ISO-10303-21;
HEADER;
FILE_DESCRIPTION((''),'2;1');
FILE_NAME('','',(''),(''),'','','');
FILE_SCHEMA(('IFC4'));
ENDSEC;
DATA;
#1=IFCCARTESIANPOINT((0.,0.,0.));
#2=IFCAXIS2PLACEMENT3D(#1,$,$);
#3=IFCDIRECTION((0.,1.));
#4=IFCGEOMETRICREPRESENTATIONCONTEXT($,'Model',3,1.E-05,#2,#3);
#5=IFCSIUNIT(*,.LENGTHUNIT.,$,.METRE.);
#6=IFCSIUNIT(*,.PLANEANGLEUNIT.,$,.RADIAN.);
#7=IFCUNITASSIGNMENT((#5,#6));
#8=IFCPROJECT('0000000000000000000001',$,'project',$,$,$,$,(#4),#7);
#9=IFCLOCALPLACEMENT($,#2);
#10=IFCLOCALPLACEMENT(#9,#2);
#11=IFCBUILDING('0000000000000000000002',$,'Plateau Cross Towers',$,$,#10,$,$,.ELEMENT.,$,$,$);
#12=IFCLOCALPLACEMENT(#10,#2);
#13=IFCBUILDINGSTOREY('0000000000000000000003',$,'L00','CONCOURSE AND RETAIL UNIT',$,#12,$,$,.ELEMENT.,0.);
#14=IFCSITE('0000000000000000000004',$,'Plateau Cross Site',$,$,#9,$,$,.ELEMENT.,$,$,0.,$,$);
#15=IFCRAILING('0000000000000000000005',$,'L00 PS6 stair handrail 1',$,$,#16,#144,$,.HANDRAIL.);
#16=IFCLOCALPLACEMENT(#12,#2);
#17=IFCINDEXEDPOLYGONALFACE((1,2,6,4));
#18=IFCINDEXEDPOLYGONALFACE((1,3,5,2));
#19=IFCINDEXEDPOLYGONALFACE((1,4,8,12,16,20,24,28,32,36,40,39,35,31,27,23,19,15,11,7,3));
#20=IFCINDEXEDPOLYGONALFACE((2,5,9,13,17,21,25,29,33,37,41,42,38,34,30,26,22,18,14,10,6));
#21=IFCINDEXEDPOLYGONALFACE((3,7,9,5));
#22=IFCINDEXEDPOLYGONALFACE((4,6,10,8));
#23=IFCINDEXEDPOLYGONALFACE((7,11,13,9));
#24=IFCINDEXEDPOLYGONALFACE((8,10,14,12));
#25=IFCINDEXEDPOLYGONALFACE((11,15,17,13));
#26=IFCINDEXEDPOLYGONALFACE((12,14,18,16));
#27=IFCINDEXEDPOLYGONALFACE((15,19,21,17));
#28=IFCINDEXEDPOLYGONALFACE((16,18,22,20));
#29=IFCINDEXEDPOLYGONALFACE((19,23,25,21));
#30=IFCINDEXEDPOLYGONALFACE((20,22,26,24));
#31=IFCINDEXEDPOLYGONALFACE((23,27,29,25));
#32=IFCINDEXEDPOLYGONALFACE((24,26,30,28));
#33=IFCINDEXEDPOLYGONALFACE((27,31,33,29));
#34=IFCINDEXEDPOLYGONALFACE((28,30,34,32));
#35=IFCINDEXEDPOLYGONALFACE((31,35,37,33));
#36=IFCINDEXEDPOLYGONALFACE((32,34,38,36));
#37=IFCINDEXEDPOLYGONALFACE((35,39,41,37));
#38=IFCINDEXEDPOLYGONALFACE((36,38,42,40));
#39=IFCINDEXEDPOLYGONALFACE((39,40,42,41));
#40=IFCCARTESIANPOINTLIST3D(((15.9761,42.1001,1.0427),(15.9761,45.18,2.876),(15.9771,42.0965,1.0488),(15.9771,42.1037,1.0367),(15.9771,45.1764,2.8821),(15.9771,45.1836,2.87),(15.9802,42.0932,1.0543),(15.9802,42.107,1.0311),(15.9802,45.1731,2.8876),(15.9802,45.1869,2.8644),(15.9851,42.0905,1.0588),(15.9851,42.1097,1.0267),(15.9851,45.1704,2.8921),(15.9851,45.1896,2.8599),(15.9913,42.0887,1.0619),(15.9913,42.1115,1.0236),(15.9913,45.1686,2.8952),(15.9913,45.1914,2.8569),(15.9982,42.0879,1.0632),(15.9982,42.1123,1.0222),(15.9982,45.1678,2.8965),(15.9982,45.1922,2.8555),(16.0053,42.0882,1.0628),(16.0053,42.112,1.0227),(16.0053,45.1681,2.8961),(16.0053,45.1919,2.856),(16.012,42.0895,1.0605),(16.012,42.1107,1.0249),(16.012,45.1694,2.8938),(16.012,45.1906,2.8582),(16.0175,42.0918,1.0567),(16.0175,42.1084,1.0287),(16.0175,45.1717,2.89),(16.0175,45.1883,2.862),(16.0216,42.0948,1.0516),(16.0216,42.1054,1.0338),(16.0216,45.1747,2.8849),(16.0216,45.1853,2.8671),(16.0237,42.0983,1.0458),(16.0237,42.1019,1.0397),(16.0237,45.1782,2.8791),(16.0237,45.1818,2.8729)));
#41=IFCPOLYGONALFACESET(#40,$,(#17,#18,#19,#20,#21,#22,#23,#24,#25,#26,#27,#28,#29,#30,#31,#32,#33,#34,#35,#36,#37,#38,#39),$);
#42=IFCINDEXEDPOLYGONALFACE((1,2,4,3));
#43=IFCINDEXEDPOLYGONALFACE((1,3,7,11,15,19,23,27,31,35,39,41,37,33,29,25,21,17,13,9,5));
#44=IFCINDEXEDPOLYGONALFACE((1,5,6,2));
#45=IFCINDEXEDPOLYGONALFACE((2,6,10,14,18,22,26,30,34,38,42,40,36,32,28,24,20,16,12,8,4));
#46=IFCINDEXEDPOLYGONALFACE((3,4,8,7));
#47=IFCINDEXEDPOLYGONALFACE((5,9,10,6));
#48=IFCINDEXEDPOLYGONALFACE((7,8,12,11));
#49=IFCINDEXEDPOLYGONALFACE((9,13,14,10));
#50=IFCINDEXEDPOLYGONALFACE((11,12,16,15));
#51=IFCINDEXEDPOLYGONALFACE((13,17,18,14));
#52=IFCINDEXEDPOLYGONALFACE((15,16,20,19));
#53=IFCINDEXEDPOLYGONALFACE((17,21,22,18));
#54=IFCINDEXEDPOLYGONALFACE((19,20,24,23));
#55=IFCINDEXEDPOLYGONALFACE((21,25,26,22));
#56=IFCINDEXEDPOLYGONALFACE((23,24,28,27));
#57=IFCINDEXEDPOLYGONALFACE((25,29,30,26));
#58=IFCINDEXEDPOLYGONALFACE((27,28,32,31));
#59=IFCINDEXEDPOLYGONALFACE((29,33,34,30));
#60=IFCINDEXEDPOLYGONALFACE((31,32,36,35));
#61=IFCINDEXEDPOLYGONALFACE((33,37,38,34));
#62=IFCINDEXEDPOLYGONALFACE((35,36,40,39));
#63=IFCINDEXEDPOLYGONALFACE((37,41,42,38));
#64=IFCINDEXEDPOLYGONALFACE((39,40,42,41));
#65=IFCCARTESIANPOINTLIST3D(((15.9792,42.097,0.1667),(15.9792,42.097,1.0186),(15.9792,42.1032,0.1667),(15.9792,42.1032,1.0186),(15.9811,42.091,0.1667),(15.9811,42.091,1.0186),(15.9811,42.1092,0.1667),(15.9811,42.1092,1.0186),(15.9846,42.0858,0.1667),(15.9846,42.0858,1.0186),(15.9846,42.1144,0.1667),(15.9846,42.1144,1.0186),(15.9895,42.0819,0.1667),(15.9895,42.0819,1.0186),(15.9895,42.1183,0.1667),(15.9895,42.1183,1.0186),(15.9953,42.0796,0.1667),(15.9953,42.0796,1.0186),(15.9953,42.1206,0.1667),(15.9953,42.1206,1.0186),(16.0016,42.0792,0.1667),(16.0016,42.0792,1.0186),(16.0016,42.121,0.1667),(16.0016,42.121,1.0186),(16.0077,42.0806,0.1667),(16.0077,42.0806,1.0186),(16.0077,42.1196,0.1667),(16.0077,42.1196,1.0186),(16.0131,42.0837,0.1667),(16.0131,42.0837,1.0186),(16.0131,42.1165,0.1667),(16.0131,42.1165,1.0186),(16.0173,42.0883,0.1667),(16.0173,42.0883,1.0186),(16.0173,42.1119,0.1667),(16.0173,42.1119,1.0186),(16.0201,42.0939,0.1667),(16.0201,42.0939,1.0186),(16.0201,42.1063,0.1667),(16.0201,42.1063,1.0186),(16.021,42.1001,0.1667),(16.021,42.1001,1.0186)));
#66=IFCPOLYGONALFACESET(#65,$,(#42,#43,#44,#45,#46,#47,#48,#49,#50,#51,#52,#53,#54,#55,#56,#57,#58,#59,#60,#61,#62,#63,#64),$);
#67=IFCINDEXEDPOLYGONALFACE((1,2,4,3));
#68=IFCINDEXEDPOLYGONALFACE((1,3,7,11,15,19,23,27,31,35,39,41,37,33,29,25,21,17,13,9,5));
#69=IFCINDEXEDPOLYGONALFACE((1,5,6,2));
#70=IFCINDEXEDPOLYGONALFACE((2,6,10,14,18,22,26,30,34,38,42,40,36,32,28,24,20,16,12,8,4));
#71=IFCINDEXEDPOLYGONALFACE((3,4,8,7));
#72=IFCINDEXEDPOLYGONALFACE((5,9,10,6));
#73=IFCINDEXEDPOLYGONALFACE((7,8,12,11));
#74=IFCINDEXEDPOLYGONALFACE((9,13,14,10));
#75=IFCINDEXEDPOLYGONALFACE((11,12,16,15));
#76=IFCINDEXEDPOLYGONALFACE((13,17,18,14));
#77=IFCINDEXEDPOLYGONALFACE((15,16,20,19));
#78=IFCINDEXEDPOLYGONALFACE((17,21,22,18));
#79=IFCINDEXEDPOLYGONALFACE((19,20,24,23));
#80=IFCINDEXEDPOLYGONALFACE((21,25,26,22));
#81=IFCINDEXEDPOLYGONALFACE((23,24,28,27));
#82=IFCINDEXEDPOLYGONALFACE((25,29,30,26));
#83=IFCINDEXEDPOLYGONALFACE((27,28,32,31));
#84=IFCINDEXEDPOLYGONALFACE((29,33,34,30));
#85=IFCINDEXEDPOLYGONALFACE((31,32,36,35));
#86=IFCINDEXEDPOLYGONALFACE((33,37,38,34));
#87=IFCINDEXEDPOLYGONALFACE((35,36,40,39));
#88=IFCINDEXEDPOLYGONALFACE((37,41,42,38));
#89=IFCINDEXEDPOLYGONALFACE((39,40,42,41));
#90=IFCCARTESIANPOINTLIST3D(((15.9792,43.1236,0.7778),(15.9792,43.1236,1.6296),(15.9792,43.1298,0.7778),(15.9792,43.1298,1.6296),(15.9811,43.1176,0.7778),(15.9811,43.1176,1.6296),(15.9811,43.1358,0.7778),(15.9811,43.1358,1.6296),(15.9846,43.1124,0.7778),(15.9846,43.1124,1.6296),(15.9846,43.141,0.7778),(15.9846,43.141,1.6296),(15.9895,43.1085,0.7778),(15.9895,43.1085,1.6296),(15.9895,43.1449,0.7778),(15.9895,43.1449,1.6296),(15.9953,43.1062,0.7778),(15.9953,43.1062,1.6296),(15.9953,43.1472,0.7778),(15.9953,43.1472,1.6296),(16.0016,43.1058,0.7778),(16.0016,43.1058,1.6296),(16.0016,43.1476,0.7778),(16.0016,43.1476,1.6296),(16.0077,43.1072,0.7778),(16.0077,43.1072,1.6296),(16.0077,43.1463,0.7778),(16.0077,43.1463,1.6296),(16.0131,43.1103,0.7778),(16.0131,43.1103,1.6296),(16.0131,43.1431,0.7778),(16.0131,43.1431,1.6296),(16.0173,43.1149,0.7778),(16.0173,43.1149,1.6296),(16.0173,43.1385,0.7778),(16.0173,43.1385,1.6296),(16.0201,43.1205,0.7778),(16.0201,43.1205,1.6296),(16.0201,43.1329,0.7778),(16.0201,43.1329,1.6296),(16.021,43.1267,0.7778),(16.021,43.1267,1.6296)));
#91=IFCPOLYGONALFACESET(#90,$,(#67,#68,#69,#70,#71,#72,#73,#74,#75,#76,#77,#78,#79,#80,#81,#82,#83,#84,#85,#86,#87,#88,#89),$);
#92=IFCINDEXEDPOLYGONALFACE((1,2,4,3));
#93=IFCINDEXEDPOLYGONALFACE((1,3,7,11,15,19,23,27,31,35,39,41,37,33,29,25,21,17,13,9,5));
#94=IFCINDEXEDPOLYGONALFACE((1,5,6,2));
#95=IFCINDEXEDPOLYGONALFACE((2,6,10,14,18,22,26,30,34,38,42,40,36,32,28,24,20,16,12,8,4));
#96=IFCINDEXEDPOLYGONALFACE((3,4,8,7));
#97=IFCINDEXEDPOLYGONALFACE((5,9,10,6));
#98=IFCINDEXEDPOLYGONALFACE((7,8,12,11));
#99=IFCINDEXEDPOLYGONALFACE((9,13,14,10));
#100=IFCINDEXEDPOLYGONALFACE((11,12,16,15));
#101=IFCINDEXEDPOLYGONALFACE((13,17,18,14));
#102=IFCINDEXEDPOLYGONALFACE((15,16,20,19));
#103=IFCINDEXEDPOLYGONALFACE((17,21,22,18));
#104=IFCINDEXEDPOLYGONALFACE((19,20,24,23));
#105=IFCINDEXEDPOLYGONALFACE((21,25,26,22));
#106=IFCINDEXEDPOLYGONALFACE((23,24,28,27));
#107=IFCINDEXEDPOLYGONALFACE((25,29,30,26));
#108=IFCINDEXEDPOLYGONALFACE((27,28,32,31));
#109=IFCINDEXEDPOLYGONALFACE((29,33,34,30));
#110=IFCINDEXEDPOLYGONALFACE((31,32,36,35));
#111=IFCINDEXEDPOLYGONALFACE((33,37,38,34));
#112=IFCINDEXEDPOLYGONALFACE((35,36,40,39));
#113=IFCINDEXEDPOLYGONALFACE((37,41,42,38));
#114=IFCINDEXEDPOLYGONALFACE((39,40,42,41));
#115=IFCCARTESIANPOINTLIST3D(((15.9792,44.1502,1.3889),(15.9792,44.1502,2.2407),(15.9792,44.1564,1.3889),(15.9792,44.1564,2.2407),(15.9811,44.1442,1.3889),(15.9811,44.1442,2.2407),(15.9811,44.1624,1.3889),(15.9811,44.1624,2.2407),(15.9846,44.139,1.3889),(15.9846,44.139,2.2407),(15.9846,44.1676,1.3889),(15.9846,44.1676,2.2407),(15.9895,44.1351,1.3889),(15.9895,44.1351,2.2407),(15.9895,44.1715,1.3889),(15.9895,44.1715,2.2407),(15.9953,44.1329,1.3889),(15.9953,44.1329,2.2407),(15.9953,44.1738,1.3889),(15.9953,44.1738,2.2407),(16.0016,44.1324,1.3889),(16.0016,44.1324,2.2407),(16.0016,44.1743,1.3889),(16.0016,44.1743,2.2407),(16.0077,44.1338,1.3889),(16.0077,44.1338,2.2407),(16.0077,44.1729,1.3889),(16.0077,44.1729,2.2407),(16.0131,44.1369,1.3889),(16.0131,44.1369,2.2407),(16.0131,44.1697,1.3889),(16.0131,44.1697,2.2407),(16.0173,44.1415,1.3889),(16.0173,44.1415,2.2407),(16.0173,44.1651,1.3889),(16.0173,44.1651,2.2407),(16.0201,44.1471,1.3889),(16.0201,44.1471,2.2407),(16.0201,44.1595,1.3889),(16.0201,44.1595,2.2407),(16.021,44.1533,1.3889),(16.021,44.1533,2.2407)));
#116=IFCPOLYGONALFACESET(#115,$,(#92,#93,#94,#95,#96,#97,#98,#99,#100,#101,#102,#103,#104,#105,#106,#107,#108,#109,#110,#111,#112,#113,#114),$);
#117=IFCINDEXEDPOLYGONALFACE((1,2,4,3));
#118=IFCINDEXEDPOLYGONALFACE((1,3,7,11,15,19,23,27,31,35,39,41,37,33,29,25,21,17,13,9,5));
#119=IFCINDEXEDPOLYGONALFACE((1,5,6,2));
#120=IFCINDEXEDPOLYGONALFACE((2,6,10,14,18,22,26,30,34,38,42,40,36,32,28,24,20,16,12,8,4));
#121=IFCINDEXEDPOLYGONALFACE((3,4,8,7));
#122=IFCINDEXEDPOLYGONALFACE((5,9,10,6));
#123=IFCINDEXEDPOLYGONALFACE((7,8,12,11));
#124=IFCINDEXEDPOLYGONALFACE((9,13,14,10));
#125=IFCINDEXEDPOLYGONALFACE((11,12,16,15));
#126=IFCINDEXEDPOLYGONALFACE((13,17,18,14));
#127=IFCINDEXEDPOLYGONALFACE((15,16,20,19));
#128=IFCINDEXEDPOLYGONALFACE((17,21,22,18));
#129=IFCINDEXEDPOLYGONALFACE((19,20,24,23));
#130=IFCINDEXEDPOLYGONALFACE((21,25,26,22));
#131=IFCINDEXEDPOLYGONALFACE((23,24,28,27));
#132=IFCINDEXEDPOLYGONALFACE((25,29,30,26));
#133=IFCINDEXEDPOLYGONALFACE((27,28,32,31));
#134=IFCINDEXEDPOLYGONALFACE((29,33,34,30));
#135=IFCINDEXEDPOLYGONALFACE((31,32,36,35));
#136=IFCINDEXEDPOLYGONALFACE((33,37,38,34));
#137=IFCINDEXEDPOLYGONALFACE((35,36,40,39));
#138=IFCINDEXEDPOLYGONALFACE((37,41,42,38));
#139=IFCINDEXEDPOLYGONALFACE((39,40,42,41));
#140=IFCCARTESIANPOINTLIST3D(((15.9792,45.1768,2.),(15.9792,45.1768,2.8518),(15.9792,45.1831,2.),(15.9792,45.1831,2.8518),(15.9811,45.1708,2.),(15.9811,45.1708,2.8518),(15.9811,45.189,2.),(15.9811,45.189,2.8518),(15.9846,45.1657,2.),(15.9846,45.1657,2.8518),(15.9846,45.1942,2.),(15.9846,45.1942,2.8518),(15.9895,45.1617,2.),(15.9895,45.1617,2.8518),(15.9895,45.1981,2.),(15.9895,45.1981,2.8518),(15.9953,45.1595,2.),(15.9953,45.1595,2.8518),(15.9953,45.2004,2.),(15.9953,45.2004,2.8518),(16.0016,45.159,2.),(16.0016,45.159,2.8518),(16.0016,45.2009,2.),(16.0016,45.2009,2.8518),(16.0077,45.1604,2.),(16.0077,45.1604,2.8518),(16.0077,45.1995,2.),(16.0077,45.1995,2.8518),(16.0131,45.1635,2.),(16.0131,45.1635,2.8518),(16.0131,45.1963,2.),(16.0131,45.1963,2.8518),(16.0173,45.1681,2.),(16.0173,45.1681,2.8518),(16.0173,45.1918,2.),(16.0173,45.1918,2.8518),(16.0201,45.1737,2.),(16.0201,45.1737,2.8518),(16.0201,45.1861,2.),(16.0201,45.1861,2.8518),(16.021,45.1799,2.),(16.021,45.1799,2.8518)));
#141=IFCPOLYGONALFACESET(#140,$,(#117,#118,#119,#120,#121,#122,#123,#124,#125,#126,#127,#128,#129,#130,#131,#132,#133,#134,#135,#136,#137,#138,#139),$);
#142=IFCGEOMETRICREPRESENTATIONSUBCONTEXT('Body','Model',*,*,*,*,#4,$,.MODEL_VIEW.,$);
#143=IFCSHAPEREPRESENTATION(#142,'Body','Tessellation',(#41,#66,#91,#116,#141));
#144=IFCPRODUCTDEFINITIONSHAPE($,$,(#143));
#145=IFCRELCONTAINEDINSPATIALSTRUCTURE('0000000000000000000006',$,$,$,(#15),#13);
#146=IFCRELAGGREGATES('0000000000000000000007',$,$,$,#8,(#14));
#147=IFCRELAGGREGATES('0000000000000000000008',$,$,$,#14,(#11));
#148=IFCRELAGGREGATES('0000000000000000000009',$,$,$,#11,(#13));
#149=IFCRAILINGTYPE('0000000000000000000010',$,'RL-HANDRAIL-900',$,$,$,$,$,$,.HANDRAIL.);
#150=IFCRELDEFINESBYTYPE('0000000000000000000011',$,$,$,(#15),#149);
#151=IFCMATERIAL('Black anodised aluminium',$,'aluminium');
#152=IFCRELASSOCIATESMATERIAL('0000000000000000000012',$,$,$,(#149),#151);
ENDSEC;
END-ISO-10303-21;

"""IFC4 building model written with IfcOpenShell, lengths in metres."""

from ifc_helpers import new_model, si_unit, direction, frame, origin, origin_2d, place, context, subcontext, project, spatial, circle, extrude, material, type_object, element, save


model = new_model("IFC4")

# Units and contexts
model_context = context("Model", 3, precision=1e-05, world=origin(), true_north=direction((0.0, 1.0)))
body_context = subcontext(model_context, "Body", "Model", "MODEL_VIEW")
ifc_project = project(units=[si_unit("LENGTHUNIT", "METRE"), si_unit("PLANEANGLEUNIT", "RADIAN")], contexts=[model_context])

# Site, building, storey
site_placement = place(None, origin())
site = spatial("IfcSite", under=ifc_project, at=site_placement, Name="Plateau Cross Site", CompositionType="ELEMENT", RefElevation=0.0)
building_placement = place(site_placement, origin())
building = spatial("IfcBuilding", under=site, at=building_placement, Name="Plateau Cross Towers", CompositionType="ELEMENT")
storey_placement = place(building_placement, origin())
storey = spatial("IfcBuildingStorey", under=building, at=storey_placement, Name="L00", Description="CONCOURSE AND RETAIL UNIT", CompositionType="ELEMENT", Elevation=0.0)

# Railing
ifc_material_1 = material(Name="Black anodised aluminium", Category="aluminium")
railing_type_1 = type_object("IfcRailingType", Name="RL-HANDRAIL-900", PredefinedType="HANDRAIL", material=ifc_material_1)
railing_1_placement = place(storey_placement, frame((16.0, 42.1001, 0.1667)))
element("IfcRailing", 1, at=railing_1_placement, inside=storey, type_object=railing_type_1, Name="L00 PS6 stair handrail 1", PredefinedType="HANDRAIL", context=body_context, shape_type="SweptSolid", body=[
    extrude(circle(Radius=0.0239, at=origin_2d()), frame((0.0, 0.0, 0.876), z_axis=(0.0, 0.859291, 0.511487), x_axis=(-1.0, 0.0, 0.0)), (0.0, 0.0, 1.0), 3.5842),
    extrude(circle(Radius=0.021, at=origin_2d()), origin(), (0.0, 0.0, 1.0), 0.8518),
    extrude(circle(Radius=0.021, at=origin_2d()), frame((0.0, 1.0266, 0.6111)), (0.0, 0.0, 1.0), 0.8518),
    extrude(circle(Radius=0.021, at=origin_2d()), frame((0.0, 2.0532, 1.2222)), (0.0, 0.0, 1.0), 0.8518),
    extrude(circle(Radius=0.021, at=origin_2d()), frame((0.0, 3.0798, 1.8333)), (0.0, 0.0, 1.0), 0.8518),
])

save(model, "model.ifc")
